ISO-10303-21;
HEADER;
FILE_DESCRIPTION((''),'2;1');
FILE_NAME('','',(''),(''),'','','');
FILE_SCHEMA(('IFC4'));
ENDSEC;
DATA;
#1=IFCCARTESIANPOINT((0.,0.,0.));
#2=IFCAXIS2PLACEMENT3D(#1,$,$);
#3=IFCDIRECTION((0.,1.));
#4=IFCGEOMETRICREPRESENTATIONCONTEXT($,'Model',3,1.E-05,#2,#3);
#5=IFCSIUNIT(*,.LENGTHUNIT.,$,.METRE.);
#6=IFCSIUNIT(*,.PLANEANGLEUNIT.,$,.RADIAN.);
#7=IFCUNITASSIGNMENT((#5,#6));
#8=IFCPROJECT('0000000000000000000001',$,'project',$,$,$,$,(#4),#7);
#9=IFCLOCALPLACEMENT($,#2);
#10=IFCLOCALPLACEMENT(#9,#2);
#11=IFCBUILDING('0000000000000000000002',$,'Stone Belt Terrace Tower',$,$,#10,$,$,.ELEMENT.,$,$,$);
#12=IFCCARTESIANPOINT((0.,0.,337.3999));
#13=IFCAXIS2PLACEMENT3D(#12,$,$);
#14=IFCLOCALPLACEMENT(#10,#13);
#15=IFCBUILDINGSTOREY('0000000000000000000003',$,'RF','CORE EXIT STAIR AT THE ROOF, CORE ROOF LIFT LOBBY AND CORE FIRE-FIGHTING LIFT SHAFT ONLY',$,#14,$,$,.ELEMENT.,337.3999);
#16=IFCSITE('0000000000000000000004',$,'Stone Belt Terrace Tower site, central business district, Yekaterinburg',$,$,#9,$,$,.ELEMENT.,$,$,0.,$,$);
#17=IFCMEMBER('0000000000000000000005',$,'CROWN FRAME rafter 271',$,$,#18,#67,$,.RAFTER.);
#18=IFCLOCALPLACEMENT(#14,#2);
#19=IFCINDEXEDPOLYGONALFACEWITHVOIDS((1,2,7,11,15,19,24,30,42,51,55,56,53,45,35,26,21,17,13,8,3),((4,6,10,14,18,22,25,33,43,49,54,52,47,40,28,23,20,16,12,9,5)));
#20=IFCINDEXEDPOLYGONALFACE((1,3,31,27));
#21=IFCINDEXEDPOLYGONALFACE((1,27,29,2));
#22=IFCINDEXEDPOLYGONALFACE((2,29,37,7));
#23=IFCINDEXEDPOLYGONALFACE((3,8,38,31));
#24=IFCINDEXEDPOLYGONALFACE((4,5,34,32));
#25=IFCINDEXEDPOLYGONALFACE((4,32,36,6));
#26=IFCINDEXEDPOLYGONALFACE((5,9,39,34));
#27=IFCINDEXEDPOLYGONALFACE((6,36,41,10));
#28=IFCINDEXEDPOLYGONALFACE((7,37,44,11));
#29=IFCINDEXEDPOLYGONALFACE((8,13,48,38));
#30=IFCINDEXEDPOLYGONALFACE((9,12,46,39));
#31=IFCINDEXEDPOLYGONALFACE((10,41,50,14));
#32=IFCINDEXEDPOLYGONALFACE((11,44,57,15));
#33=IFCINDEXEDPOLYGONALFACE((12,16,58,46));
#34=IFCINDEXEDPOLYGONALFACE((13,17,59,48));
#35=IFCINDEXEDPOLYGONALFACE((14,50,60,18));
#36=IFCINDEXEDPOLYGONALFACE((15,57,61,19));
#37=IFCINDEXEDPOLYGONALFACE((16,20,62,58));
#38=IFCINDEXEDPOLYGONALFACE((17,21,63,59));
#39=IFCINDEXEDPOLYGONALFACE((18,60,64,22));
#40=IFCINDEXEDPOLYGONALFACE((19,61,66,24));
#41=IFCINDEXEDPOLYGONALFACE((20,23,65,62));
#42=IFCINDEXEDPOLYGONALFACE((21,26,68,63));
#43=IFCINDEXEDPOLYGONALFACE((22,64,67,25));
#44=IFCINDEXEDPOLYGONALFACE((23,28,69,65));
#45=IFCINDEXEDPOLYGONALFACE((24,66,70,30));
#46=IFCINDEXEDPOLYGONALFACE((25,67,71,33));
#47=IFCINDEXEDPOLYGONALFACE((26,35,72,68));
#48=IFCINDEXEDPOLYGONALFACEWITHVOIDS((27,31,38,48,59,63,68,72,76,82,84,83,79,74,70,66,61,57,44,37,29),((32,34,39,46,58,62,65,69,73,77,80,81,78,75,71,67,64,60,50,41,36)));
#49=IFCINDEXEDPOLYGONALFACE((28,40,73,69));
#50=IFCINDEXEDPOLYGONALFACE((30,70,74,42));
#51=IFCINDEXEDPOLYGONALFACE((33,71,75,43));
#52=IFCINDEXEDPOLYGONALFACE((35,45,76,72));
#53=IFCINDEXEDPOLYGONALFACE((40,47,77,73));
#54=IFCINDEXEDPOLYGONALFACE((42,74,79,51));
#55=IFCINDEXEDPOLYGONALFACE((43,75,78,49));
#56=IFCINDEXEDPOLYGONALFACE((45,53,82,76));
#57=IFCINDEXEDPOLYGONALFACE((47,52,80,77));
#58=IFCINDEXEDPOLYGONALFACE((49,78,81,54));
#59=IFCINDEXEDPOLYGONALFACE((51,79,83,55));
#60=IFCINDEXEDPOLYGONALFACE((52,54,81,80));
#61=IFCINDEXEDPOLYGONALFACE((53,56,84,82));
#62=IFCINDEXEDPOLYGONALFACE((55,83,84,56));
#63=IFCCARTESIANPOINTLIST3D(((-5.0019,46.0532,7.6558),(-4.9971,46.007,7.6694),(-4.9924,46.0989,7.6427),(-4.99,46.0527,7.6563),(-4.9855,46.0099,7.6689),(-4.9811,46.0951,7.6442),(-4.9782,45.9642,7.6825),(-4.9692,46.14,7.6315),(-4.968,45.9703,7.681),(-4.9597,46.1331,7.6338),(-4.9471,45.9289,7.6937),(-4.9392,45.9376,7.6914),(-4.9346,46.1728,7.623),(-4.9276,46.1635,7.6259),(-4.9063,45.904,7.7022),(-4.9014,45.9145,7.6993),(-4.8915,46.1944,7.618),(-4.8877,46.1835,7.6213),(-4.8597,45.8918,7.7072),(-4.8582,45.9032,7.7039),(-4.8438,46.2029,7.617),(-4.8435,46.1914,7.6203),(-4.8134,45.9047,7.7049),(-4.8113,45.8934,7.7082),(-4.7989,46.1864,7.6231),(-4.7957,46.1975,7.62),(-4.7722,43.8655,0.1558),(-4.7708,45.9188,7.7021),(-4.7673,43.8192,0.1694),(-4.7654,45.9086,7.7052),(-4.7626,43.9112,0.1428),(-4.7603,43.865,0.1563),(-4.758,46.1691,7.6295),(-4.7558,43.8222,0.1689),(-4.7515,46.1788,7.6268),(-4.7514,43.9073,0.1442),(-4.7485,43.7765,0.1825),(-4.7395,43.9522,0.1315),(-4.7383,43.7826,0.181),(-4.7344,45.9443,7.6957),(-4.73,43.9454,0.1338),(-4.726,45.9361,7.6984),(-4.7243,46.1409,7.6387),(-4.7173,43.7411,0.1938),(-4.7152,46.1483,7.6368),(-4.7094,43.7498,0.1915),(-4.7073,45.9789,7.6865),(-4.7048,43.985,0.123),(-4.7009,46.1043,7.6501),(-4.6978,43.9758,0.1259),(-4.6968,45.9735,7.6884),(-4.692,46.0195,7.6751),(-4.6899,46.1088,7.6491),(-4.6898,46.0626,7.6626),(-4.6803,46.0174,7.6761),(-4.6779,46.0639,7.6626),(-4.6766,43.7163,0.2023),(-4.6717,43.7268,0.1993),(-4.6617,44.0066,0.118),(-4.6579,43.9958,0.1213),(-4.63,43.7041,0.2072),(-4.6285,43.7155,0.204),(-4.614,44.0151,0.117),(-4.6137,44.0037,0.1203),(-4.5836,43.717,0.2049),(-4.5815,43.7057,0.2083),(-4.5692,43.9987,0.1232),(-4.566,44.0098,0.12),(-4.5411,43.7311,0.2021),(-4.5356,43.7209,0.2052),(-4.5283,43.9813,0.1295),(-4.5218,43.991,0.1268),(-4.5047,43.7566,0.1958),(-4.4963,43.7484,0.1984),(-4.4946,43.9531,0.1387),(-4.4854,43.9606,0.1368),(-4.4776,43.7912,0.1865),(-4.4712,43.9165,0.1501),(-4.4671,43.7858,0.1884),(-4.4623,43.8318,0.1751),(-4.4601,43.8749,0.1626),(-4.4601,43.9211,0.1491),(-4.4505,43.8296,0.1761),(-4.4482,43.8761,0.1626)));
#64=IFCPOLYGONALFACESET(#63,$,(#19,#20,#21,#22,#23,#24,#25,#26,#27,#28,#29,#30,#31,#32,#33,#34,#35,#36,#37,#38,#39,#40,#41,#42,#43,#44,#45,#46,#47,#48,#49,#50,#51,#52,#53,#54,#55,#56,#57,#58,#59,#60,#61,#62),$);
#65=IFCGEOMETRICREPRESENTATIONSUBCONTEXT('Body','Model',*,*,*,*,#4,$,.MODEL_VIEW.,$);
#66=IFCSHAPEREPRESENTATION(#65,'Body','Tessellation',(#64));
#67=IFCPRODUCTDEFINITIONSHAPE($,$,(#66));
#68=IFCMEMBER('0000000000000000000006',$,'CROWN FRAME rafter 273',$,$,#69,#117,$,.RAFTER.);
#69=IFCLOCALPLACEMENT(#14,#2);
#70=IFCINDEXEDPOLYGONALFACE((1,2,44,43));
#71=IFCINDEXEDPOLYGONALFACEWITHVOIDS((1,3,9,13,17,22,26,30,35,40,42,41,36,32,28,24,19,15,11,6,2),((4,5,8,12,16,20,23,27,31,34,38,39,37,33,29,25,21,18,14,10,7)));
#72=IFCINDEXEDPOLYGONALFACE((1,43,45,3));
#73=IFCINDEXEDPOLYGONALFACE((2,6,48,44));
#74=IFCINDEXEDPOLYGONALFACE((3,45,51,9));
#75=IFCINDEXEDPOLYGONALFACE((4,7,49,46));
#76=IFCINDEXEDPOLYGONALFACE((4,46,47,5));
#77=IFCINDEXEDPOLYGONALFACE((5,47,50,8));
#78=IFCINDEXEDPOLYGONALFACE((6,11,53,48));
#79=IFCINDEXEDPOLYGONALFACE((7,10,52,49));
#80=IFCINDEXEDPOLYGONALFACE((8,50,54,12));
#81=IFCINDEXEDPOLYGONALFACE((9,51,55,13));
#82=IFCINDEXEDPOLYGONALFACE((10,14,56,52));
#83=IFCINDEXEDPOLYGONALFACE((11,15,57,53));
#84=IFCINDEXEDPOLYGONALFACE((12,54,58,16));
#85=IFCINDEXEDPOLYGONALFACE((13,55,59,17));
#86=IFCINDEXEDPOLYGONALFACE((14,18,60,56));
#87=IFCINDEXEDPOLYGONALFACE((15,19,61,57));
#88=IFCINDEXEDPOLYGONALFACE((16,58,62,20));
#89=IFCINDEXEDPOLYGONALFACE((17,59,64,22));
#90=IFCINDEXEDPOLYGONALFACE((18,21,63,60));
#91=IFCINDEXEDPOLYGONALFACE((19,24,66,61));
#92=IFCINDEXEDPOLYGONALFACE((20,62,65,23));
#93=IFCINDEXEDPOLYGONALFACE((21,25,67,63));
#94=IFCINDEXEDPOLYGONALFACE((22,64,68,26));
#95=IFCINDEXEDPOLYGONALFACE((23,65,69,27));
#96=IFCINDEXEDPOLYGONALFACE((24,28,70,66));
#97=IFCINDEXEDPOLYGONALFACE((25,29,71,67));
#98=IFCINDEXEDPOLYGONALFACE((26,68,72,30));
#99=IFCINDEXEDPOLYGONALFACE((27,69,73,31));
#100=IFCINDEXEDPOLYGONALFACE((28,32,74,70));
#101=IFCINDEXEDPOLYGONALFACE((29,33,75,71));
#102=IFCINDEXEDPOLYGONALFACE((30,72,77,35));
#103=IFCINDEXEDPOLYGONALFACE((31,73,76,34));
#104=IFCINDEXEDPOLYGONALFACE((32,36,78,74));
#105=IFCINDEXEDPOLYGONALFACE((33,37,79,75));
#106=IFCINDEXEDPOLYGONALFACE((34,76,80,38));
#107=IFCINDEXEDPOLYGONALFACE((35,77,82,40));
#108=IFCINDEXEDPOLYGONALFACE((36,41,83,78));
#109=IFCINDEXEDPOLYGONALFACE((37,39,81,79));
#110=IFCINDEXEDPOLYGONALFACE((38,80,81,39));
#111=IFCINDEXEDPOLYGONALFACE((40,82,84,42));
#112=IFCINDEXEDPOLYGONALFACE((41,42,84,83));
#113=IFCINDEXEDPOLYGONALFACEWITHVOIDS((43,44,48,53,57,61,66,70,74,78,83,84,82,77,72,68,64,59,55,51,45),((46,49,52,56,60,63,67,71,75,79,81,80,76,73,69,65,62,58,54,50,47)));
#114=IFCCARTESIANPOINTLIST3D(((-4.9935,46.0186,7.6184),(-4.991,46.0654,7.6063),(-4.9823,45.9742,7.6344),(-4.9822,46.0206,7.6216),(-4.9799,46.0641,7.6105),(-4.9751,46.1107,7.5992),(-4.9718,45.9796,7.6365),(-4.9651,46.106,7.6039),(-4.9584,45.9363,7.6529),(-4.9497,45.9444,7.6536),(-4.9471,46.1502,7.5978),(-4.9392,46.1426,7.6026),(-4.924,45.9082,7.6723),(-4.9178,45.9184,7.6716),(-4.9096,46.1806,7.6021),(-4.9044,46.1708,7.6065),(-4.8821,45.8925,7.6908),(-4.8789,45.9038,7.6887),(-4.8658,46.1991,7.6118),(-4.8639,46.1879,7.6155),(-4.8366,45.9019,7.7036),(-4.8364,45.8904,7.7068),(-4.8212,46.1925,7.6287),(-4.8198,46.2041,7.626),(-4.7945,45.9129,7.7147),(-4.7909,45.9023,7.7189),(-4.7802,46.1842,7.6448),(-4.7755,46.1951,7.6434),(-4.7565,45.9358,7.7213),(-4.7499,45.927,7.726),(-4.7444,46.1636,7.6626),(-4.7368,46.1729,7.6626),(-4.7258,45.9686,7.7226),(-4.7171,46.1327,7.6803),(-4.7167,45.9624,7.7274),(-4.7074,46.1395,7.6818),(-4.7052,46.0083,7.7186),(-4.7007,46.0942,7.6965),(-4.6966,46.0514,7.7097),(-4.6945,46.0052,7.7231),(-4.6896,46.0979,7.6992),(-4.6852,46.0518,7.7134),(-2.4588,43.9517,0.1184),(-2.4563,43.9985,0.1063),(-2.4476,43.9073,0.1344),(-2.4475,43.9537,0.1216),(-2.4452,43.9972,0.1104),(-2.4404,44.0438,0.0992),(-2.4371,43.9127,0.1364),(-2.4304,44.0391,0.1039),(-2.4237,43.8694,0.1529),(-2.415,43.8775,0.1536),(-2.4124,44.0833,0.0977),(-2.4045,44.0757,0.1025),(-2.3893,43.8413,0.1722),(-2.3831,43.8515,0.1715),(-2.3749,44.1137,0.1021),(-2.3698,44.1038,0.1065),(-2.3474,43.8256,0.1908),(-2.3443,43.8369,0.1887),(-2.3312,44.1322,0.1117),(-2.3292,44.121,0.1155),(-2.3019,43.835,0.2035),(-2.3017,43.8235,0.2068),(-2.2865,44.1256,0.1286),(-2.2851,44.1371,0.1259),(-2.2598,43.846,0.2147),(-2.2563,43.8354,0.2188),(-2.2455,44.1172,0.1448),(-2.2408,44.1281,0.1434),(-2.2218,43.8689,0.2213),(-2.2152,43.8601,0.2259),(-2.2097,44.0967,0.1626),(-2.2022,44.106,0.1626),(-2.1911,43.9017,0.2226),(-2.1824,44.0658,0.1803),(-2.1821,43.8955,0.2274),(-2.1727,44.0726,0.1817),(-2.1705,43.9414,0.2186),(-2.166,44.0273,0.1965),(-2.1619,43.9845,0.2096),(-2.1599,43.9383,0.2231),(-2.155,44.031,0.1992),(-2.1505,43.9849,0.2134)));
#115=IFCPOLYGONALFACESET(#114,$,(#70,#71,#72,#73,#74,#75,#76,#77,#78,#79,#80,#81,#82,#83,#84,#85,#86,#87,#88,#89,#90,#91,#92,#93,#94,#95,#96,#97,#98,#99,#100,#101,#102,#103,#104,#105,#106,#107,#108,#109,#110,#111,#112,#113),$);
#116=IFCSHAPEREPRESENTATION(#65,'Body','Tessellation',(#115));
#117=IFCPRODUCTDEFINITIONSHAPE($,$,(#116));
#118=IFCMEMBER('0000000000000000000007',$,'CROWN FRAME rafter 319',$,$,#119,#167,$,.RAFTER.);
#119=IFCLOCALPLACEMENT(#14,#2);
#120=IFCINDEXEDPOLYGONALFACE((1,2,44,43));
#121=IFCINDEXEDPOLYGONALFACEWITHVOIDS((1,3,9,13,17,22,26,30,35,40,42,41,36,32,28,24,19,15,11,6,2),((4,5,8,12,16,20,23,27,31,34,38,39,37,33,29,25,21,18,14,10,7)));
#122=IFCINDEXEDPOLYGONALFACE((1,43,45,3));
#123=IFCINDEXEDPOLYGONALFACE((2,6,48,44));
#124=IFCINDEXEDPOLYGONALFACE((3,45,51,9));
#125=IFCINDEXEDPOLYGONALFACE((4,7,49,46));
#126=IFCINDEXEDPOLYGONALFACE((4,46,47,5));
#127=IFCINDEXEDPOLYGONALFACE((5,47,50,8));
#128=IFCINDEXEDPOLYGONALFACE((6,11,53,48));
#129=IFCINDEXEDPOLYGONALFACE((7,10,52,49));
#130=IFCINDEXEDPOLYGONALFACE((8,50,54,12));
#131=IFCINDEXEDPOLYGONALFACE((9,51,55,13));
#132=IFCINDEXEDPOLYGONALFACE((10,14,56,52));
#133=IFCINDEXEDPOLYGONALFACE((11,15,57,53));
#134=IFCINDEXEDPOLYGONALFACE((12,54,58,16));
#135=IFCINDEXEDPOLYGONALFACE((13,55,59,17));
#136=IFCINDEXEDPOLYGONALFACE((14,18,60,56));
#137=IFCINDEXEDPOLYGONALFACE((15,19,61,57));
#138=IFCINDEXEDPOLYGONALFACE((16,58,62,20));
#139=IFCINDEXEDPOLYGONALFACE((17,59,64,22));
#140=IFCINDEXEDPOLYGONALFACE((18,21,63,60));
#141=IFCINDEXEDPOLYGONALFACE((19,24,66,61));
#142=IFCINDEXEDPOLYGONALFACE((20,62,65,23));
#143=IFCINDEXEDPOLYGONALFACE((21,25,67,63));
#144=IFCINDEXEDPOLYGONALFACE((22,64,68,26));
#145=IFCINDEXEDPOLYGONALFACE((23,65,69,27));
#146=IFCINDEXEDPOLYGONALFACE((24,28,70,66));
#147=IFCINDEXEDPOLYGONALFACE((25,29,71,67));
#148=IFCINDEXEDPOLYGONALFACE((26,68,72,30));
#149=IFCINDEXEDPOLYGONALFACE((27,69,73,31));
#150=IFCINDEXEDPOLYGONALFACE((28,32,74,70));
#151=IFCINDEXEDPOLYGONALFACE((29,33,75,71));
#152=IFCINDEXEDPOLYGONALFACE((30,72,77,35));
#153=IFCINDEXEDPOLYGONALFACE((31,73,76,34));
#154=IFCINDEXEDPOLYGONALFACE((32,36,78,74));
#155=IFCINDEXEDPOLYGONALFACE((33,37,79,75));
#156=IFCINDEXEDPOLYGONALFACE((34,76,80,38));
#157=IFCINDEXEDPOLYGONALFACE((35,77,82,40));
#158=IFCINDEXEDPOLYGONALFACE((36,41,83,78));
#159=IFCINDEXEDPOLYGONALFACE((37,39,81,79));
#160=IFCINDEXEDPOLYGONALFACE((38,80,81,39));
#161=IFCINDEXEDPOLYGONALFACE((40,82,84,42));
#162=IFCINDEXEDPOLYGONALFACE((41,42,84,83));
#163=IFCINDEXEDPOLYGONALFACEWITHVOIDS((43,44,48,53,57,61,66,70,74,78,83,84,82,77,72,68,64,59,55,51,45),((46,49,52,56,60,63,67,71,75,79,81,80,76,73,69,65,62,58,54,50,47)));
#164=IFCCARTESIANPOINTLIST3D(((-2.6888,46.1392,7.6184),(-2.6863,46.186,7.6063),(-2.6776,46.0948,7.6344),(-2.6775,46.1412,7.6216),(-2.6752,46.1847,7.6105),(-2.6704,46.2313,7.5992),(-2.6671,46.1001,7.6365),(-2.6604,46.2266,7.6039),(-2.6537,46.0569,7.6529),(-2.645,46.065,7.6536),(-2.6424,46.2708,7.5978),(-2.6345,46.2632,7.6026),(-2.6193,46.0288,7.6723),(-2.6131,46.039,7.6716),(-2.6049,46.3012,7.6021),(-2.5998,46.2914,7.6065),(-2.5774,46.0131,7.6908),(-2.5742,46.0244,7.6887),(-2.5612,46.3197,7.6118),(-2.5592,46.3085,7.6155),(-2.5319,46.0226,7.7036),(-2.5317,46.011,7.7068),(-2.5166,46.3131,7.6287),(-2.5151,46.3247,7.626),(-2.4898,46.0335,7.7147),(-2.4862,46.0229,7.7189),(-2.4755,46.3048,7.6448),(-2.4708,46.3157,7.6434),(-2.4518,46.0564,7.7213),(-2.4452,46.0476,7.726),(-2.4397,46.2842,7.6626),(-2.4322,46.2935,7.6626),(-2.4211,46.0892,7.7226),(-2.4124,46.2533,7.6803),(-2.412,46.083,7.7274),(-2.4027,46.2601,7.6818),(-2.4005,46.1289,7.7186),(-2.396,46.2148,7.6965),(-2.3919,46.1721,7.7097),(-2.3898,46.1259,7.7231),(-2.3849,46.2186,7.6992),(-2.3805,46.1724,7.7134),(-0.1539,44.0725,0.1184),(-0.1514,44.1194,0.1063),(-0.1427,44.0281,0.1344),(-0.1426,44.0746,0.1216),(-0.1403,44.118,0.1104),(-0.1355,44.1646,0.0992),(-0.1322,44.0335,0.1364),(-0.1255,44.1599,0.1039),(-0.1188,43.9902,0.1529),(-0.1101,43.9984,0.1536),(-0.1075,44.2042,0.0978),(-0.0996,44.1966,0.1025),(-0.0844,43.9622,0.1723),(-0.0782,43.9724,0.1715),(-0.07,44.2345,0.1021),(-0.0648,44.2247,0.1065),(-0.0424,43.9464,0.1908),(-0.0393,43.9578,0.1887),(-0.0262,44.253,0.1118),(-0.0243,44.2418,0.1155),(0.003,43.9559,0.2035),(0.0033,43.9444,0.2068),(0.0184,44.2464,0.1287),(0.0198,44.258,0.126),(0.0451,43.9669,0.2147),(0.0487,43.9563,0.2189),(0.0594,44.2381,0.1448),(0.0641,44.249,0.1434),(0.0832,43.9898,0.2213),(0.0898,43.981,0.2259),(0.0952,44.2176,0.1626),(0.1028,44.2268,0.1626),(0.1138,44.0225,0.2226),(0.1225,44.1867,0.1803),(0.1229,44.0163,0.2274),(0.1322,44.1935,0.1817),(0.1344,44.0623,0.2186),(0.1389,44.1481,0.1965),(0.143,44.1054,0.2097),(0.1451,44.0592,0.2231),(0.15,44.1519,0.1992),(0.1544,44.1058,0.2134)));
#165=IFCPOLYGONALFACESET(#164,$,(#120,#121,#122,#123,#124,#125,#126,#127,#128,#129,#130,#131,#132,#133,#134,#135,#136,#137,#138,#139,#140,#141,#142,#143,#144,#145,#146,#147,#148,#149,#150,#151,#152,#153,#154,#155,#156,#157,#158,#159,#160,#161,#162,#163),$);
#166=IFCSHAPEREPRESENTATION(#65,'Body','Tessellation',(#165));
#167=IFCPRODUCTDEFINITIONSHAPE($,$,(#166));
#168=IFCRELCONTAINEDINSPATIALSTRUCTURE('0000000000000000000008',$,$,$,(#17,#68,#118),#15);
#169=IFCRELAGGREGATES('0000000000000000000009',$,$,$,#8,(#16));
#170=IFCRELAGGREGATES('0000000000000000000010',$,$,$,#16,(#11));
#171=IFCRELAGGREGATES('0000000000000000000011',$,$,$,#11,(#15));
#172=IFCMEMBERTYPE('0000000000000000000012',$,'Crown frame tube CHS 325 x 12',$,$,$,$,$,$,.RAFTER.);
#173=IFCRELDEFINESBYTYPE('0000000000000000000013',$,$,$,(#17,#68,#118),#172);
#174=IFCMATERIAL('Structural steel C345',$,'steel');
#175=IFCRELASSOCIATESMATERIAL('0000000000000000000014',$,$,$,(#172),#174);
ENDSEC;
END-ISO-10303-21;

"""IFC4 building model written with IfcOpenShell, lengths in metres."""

from ifc_helpers import new_model, si_unit, direction, frame, origin, origin_2d, place, context, subcontext, project, spatial, hollow_circle, extrude, material, material_profile, profile_set, type_object, element, save


model = new_model("IFC4")

# Units and contexts
model_context = context("Model", 3, precision=1e-05, world=origin(), true_north=direction((0.0, 1.0)))
body_context = subcontext(model_context, "Body", "Model", "MODEL_VIEW")
ifc_project = project(units=[si_unit("LENGTHUNIT", "METRE"), si_unit("PLANEANGLEUNIT", "RADIAN")], contexts=[model_context])

# Site, building, storey
site_placement = place(None, origin())
site = spatial("IfcSite", under=ifc_project, at=site_placement, Name="Stone Belt Terrace Tower site, central business district, Yekaterinburg", CompositionType="ELEMENT", RefElevation=0.0)
building_placement = place(site_placement, origin())
building = spatial("IfcBuilding", under=site, at=building_placement, Name="Stone Belt Terrace Tower", CompositionType="ELEMENT")
storey_placement = place(building_placement, frame((0.0, 0.0, 337.3999)))
storey = spatial("IfcBuildingStorey", under=building, at=storey_placement, Name="RF", Description="CORE EXIT STAIR AT THE ROOF, CORE ROOF LIFT LOBBY AND CORE FIRE-FIGHTING LIFT SHAFT ONLY", CompositionType="ELEMENT", Elevation=337.3999)

# Members
ifc_material_1 = material(Name="Structural steel C345", Category="steel")
ifc_material_profile_1 = material_profile(ifc_material_1, hollow_circle(Radius=0.1626, WallThickness=0.012, at=origin_2d()), Name="Structural steel C345 CHS 325x12")
ifc_profile_set_1 = profile_set([ifc_material_profile_1], Name="Structural steel C345")
member_type_1 = type_object("IfcMemberType", Name="Crown frame tube CHS 325 x 12", PredefinedType="RAFTER", material=ifc_profile_set_1)
member_1_placement = place(storey_placement, frame((-4.8396, 46.0469, 7.6626), z_axis=(0.029393, -0.279908, -0.959577), x_axis=(0.994532, 0.104436, 0.0)))
element("IfcMember", 1, at=member_1_placement, inside=storey, type_object=member_type_1, Name="CROWN FRAME rafter 271", PredefinedType="RAFTER", context=body_context, shape_type="SweptSolid", body=[
    extrude(hollow_circle(Radius=0.1626, WallThickness=0.012, at=origin_2d()), origin(), (0.0, 0.0, 1.0), 7.8159),
])
for number, where, z_axis, x_axis, name in (
    (2, (-4.8396, 46.0469, 7.6626), (0.309782, -0.252612, -0.916636), (0.631969, 0.774994, 0.0), "CROWN FRAME rafter 273"),
    (3, (-2.5349, 46.1675, 7.6626), (0.309812, -0.252582, -0.916635), (0.631887, 0.77506, 0.0), "CROWN FRAME rafter 319"),
):
    element("IfcMember", number, at=place(storey_placement, frame(where, z_axis=z_axis, x_axis=x_axis)), inside=storey, type_object=member_type_1, Name=name, PredefinedType="RAFTER", context=body_context, shape_type="SweptSolid", body=[
        extrude(hollow_circle(Radius=0.1626, WallThickness=0.012, at=origin_2d()), origin(), (0.0, 0.0, 1.0), 8.1821),
    ])

save(model, "model.ifc")
